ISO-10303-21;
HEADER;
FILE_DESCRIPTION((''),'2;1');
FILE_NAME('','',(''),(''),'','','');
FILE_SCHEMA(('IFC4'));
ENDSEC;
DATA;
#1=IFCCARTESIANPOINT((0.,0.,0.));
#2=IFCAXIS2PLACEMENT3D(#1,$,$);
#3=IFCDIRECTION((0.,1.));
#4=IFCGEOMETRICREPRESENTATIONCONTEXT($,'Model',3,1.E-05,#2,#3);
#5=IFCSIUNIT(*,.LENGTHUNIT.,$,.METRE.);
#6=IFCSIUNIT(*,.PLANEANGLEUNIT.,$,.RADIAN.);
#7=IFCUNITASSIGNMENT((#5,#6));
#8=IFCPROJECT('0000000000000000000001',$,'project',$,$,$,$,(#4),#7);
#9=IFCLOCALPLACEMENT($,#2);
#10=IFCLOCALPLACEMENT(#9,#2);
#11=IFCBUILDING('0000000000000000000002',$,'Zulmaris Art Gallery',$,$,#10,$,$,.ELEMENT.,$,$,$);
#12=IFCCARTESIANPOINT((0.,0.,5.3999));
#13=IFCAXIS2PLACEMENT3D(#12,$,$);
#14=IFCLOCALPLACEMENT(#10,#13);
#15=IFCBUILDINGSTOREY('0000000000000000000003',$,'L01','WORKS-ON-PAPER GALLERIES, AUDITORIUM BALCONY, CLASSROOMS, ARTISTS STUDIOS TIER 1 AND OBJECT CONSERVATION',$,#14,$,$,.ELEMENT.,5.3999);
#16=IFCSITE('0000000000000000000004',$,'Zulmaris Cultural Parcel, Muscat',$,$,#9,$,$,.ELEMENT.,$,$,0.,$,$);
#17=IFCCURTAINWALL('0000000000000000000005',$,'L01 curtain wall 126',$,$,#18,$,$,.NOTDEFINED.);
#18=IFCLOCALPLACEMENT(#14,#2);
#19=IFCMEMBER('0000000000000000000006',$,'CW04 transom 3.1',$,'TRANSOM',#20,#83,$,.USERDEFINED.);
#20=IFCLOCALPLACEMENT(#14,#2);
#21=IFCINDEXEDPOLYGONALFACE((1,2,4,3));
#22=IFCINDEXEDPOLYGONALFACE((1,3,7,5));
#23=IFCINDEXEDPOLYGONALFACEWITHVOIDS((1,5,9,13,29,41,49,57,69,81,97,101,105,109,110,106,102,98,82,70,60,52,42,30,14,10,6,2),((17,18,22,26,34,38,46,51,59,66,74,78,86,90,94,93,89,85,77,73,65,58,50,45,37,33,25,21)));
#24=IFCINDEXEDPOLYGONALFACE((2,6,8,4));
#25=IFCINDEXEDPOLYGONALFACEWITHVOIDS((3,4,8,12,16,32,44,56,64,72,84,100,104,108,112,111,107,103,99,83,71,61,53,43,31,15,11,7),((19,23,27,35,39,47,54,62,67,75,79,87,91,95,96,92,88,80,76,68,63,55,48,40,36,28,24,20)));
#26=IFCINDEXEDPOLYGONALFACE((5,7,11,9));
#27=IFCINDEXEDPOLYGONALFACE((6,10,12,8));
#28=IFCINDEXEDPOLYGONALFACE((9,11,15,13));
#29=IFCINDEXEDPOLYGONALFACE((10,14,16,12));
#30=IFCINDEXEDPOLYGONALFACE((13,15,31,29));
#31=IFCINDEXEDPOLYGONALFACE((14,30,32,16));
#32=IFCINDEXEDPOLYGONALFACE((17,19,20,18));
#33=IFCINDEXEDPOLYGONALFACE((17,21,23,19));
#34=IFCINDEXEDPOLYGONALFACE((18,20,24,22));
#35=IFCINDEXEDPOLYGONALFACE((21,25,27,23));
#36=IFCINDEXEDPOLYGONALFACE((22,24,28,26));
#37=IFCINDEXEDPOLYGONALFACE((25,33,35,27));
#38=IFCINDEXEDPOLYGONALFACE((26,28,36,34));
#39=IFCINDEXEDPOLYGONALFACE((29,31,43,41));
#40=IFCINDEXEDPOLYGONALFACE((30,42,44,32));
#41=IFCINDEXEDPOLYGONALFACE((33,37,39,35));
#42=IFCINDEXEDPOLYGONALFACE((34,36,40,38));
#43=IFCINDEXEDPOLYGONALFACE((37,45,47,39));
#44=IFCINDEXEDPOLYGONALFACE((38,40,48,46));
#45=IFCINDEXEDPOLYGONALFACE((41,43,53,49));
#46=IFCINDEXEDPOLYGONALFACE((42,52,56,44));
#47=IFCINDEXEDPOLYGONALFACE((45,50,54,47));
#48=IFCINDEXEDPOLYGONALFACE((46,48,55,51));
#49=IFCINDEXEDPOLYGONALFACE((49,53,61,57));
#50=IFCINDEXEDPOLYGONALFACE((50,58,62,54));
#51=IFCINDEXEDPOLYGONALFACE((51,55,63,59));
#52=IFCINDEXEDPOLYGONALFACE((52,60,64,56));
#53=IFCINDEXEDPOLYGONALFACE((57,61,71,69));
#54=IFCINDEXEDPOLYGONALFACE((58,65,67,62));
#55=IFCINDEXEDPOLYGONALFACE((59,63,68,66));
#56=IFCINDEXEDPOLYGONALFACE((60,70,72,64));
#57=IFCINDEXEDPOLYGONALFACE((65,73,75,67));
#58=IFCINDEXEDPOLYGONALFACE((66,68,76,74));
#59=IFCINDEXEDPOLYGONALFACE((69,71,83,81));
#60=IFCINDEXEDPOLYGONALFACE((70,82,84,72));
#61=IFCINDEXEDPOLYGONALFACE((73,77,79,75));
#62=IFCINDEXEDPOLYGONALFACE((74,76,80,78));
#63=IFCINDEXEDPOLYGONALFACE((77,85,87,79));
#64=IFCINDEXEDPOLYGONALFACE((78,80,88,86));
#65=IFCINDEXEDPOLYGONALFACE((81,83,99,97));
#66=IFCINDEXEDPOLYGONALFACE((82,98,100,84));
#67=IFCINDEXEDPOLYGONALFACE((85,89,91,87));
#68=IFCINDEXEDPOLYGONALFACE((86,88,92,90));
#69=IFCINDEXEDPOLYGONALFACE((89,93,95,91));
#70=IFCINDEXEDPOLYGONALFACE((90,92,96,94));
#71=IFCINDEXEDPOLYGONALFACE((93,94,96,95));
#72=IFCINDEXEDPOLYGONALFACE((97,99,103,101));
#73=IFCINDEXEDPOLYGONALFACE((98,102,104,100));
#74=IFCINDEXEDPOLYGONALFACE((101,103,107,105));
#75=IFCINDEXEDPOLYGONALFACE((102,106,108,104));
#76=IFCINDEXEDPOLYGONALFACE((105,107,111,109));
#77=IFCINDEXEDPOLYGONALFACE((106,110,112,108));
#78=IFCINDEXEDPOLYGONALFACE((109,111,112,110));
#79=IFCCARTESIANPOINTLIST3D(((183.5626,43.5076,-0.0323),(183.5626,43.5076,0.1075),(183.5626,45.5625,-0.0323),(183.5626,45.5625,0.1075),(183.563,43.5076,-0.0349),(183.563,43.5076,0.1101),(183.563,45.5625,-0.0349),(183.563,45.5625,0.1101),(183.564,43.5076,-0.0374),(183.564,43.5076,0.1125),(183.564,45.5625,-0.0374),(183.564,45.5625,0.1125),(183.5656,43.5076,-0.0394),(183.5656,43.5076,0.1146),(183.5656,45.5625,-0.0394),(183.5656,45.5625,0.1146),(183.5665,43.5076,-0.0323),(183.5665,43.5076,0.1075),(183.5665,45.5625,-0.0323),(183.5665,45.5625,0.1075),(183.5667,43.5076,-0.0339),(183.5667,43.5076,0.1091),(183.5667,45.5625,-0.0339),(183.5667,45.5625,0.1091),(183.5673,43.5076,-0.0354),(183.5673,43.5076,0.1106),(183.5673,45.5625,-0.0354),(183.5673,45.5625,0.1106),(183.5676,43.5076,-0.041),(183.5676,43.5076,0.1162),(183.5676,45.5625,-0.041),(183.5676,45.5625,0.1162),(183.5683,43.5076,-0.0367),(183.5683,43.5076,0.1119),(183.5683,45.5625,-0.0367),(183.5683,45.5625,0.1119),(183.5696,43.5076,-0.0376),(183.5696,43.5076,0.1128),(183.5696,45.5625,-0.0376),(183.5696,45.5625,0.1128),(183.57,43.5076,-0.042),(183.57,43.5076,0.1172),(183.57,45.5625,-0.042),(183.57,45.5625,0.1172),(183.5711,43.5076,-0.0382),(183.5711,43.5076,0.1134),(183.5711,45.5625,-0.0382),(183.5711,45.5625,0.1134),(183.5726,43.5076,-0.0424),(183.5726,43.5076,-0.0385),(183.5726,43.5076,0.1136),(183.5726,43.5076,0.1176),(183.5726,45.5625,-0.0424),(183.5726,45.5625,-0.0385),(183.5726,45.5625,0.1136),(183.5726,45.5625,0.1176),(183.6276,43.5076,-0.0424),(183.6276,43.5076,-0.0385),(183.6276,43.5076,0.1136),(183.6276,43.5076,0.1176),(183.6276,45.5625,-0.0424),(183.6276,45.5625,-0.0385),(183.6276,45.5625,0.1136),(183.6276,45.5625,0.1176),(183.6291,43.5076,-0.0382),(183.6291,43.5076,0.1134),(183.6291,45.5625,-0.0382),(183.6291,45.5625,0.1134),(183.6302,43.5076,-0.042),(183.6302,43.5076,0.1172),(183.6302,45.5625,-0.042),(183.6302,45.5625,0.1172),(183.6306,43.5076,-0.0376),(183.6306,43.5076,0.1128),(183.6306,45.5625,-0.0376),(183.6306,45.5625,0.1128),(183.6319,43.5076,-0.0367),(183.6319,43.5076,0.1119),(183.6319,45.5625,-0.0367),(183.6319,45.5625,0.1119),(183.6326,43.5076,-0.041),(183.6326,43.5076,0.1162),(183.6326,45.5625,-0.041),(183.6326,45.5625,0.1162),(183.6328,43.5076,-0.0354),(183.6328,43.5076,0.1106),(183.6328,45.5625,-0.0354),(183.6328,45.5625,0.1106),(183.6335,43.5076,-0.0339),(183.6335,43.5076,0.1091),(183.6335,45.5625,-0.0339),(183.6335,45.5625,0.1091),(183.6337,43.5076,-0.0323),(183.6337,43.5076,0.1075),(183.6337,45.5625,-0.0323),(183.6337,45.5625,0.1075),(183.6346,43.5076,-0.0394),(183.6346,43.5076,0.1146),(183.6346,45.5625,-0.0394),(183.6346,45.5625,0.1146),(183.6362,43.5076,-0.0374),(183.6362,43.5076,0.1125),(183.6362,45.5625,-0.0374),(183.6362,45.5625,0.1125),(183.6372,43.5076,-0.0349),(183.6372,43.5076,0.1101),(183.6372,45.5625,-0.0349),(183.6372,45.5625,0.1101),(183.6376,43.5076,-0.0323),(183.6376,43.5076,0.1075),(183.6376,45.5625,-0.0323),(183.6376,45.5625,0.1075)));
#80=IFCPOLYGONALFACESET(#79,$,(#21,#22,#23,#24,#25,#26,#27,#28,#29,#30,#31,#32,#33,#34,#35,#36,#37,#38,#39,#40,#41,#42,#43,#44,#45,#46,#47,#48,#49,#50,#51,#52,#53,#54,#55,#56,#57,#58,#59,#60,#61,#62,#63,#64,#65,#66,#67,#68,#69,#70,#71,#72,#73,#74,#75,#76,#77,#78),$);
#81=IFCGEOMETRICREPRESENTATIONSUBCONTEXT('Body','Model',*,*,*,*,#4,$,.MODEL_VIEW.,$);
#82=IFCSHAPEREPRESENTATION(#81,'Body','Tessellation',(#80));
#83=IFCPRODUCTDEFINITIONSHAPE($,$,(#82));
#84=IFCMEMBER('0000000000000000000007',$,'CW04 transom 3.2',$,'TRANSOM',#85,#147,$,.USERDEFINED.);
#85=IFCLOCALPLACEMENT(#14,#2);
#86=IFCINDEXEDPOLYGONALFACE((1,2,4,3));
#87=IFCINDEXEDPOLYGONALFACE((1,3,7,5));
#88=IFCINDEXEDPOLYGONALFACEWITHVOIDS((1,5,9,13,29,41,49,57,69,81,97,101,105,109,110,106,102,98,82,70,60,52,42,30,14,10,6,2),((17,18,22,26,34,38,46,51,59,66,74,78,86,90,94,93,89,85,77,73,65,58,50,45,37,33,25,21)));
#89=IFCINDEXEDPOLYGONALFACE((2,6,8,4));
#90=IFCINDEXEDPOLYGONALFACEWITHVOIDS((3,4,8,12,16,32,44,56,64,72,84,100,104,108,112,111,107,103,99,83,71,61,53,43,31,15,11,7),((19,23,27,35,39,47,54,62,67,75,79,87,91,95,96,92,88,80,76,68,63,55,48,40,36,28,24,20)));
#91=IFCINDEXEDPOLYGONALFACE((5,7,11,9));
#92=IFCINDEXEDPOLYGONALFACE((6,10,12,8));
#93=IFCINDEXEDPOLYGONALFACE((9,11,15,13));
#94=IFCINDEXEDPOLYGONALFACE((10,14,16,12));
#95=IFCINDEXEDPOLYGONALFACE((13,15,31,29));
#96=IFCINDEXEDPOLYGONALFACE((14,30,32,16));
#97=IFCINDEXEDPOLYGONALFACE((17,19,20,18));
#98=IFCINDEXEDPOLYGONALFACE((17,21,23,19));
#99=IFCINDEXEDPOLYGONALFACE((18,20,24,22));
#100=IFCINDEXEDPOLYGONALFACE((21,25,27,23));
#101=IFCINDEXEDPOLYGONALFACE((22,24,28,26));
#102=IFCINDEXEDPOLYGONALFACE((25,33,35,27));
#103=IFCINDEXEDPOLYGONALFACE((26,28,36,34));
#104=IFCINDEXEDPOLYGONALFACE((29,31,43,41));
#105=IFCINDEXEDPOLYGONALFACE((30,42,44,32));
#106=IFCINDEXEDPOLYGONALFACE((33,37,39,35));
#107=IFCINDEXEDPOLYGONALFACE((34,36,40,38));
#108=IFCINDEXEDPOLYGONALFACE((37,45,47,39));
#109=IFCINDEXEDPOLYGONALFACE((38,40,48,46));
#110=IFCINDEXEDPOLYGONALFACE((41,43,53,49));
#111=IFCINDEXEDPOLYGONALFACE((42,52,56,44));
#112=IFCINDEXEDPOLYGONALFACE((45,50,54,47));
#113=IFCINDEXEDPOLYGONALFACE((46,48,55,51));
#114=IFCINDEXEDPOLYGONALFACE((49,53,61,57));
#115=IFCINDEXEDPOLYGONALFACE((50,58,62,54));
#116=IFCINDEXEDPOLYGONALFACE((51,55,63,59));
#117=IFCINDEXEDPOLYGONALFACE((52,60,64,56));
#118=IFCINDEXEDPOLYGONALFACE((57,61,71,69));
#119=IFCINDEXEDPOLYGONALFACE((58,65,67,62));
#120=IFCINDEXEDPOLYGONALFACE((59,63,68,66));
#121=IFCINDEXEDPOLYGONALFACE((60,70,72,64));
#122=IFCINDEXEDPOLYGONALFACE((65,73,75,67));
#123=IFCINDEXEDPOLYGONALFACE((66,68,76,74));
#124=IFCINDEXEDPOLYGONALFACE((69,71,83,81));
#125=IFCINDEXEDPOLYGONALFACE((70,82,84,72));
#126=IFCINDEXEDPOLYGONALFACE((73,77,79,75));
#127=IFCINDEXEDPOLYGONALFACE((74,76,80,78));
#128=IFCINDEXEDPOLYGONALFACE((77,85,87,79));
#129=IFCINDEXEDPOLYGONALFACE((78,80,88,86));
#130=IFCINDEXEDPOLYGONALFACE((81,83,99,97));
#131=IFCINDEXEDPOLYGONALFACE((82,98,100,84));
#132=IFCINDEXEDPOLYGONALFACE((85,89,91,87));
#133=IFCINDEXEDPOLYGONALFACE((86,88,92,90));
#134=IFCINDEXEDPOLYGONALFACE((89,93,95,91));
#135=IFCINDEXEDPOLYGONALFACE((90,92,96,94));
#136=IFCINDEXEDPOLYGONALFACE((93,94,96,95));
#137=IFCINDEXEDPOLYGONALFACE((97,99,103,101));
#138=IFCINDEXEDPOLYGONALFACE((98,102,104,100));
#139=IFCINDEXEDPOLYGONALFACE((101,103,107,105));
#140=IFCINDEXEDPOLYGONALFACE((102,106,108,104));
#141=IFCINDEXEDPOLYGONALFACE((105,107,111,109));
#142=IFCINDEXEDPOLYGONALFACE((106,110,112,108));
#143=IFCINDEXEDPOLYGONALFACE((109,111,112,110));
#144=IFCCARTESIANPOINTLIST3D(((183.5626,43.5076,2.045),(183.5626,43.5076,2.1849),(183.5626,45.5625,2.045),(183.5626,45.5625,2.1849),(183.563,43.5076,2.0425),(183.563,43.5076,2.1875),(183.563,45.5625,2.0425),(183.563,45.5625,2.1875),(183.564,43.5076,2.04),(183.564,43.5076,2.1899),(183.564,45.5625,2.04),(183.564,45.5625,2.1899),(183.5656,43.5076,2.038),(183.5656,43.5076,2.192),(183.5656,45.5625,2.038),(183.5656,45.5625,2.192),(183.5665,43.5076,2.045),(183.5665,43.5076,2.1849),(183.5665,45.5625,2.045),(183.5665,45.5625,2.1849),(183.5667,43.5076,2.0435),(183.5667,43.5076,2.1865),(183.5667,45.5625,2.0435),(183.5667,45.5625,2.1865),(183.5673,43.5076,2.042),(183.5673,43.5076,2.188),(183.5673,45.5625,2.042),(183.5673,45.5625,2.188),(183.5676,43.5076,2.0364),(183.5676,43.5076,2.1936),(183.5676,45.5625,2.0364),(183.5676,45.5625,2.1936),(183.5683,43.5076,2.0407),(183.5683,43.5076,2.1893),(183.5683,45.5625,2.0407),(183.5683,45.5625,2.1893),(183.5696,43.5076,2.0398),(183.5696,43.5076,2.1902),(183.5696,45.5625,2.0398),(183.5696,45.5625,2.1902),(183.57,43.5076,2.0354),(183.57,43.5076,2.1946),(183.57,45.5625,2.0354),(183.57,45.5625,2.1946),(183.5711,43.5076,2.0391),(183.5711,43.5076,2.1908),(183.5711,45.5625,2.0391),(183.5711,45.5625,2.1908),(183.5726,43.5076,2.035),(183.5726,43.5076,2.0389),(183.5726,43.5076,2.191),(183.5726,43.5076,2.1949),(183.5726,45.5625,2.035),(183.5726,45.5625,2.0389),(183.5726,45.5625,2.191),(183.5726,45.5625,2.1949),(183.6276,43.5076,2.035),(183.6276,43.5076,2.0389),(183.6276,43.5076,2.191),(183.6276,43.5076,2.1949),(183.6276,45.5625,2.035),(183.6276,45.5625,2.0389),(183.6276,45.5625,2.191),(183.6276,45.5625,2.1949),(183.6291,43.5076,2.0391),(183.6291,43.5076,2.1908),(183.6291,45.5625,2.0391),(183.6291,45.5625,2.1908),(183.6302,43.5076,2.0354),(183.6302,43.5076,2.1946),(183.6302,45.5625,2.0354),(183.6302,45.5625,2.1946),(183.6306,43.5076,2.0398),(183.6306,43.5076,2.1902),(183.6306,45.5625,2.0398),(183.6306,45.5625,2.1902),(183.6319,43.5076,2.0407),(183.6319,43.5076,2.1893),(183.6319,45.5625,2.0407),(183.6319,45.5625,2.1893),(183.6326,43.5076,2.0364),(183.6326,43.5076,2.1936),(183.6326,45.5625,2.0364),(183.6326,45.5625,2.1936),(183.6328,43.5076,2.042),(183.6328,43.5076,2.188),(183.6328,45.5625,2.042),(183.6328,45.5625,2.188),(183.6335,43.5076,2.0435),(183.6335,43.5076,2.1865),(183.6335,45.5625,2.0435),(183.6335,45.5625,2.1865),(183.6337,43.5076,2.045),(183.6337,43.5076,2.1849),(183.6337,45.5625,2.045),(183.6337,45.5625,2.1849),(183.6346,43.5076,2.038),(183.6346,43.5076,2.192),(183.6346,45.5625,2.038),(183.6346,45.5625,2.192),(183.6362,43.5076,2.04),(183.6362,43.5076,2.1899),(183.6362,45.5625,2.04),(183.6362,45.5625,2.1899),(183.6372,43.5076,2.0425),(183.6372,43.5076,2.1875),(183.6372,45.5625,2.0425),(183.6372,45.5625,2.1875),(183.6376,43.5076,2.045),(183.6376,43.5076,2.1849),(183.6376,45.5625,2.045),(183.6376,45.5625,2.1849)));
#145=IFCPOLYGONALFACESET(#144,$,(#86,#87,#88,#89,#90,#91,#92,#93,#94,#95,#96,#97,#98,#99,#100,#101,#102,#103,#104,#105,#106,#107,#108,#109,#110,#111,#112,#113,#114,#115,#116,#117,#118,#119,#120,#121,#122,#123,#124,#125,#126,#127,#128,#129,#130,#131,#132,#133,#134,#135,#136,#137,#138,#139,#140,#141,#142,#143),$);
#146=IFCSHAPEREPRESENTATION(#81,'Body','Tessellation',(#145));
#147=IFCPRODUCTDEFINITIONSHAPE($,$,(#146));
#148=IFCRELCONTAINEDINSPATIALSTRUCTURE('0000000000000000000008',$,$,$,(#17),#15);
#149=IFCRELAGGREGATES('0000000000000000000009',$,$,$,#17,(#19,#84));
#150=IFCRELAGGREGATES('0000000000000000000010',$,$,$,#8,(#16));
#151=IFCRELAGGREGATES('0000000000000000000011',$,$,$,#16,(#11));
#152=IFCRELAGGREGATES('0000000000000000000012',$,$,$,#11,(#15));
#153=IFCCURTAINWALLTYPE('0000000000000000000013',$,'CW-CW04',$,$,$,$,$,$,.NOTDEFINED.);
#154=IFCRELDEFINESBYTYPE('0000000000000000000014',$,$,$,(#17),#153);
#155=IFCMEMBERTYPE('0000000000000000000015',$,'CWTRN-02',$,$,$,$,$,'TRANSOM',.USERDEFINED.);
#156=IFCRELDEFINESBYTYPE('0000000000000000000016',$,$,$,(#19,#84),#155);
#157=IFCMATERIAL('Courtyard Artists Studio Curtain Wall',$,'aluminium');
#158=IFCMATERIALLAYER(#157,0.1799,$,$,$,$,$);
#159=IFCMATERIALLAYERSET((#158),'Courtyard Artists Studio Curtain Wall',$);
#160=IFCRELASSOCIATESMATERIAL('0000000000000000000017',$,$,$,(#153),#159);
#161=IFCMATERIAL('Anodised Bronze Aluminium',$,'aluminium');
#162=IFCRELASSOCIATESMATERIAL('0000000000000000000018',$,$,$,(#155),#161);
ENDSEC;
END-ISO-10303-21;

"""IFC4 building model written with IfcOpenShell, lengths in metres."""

from ifc_helpers import new_model, si_unit, direction, frame, origin, origin_2d, place, context, subcontext, project, spatial, hollow_rectangle, extrude, material, layer, layer_set, material_profile, profile_set, type_object, element, aggregate, save


model = new_model("IFC4")

# Units and contexts
model_context = context("Model", 3, precision=1e-05, world=origin(), true_north=direction((0.0, 1.0)))
body_context = subcontext(model_context, "Body", "Model", "MODEL_VIEW")
ifc_project = project(units=[si_unit("LENGTHUNIT", "METRE"), si_unit("PLANEANGLEUNIT", "RADIAN")], contexts=[model_context])

# Site, building, storey
site_placement = place(None, origin())
site = spatial("IfcSite", under=ifc_project, at=site_placement, Name="Zulmaris Cultural Parcel, Muscat", CompositionType="ELEMENT", RefElevation=0.0)
building_placement = place(site_placement, origin())
building = spatial("IfcBuilding", under=site, at=building_placement, Name="Zulmaris Art Gallery", CompositionType="ELEMENT")
storey_placement = place(building_placement, frame((0.0, 0.0, 5.3999)))
storey = spatial("IfcBuildingStorey", under=building, at=storey_placement, Name="L01", Description="WORKS-ON-PAPER GALLERIES, AUDITORIUM BALCONY, CLASSROOMS, ARTISTS STUDIOS TIER 1 AND OBJECT CONSERVATION", CompositionType="ELEMENT", Elevation=5.3999)

# Curtain wall, members
ifc_material_1 = material(Name="Courtyard Artists Studio Curtain Wall", Category="aluminium")
ifc_layer_1 = layer(ifc_material_1, 0.1799)
ifc_layer_set_1 = layer_set([ifc_layer_1], Name="Courtyard Artists Studio Curtain Wall")
curtain_wall_type = type_object("IfcCurtainWallType", Name="CW-CW04", PredefinedType="NOTDEFINED", material=ifc_layer_set_1)
curtain_wall_placement = place(storey_placement, origin())
curtain_wall = element("IfcCurtainWall", 1, at=curtain_wall_placement, inside=storey, type_object=curtain_wall_type, Name="L01 curtain wall 126", PredefinedType="NOTDEFINED")
ifc_material_2 = material(Name="Anodised Bronze Aluminium", Category="aluminium")
ifc_material_profile_1 = material_profile(ifc_material_2, hollow_rectangle(XDim=0.075, YDim=0.1599, WallThickness=0.0039, InnerFilletRadius=0.0061, OuterFilletRadius=0.01, at=origin_2d()), Name="ALU 75x160x4")
ifc_profile_set_1 = profile_set([ifc_material_profile_1], Name="Anodised Bronze Aluminium")
member_type_1 = type_object("IfcMemberType", Name="CWTRN-02", ElementType="TRANSOM", PredefinedType="USERDEFINED", material=ifc_profile_set_1)
member_1_placement = place(storey_placement, frame((183.6001, 45.5625, 0.0376), z_axis=(0.0, -1.0, 0.0), x_axis=(1.0, 0.0, 0.0)))
member_1 = element("IfcMember", 2, at=member_1_placement, type_object=member_type_1, Name="CW04 transom 3.1", ObjectType="TRANSOM", PredefinedType="USERDEFINED", context=body_context, shape_type="SweptSolid", body=[
    extrude(hollow_rectangle(XDim=0.075, YDim=0.1599, WallThickness=0.0039, InnerFilletRadius=0.0061, OuterFilletRadius=0.01, at=origin_2d()), origin(), (0.0, 0.0, 1.0), 2.0549),
])
member_2_placement = place(storey_placement, frame((183.6001, 45.5625, 2.115), z_axis=(0.0, -1.0, 0.0), x_axis=(1.0, 0.0, 0.0)))
member_2 = element("IfcMember", 3, at=member_2_placement, type_object=member_type_1, Name="CW04 transom 3.2", ObjectType="TRANSOM", PredefinedType="USERDEFINED", context=body_context, shape_type="SweptSolid", body=[
    extrude(hollow_rectangle(XDim=0.075, YDim=0.1599, WallThickness=0.0039, InnerFilletRadius=0.0061, OuterFilletRadius=0.01, at=origin_2d()), origin(), (0.0, 0.0, 1.0), 2.0549),
])
aggregate(curtain_wall, [member_1, member_2])

save(model, "model.ifc")
